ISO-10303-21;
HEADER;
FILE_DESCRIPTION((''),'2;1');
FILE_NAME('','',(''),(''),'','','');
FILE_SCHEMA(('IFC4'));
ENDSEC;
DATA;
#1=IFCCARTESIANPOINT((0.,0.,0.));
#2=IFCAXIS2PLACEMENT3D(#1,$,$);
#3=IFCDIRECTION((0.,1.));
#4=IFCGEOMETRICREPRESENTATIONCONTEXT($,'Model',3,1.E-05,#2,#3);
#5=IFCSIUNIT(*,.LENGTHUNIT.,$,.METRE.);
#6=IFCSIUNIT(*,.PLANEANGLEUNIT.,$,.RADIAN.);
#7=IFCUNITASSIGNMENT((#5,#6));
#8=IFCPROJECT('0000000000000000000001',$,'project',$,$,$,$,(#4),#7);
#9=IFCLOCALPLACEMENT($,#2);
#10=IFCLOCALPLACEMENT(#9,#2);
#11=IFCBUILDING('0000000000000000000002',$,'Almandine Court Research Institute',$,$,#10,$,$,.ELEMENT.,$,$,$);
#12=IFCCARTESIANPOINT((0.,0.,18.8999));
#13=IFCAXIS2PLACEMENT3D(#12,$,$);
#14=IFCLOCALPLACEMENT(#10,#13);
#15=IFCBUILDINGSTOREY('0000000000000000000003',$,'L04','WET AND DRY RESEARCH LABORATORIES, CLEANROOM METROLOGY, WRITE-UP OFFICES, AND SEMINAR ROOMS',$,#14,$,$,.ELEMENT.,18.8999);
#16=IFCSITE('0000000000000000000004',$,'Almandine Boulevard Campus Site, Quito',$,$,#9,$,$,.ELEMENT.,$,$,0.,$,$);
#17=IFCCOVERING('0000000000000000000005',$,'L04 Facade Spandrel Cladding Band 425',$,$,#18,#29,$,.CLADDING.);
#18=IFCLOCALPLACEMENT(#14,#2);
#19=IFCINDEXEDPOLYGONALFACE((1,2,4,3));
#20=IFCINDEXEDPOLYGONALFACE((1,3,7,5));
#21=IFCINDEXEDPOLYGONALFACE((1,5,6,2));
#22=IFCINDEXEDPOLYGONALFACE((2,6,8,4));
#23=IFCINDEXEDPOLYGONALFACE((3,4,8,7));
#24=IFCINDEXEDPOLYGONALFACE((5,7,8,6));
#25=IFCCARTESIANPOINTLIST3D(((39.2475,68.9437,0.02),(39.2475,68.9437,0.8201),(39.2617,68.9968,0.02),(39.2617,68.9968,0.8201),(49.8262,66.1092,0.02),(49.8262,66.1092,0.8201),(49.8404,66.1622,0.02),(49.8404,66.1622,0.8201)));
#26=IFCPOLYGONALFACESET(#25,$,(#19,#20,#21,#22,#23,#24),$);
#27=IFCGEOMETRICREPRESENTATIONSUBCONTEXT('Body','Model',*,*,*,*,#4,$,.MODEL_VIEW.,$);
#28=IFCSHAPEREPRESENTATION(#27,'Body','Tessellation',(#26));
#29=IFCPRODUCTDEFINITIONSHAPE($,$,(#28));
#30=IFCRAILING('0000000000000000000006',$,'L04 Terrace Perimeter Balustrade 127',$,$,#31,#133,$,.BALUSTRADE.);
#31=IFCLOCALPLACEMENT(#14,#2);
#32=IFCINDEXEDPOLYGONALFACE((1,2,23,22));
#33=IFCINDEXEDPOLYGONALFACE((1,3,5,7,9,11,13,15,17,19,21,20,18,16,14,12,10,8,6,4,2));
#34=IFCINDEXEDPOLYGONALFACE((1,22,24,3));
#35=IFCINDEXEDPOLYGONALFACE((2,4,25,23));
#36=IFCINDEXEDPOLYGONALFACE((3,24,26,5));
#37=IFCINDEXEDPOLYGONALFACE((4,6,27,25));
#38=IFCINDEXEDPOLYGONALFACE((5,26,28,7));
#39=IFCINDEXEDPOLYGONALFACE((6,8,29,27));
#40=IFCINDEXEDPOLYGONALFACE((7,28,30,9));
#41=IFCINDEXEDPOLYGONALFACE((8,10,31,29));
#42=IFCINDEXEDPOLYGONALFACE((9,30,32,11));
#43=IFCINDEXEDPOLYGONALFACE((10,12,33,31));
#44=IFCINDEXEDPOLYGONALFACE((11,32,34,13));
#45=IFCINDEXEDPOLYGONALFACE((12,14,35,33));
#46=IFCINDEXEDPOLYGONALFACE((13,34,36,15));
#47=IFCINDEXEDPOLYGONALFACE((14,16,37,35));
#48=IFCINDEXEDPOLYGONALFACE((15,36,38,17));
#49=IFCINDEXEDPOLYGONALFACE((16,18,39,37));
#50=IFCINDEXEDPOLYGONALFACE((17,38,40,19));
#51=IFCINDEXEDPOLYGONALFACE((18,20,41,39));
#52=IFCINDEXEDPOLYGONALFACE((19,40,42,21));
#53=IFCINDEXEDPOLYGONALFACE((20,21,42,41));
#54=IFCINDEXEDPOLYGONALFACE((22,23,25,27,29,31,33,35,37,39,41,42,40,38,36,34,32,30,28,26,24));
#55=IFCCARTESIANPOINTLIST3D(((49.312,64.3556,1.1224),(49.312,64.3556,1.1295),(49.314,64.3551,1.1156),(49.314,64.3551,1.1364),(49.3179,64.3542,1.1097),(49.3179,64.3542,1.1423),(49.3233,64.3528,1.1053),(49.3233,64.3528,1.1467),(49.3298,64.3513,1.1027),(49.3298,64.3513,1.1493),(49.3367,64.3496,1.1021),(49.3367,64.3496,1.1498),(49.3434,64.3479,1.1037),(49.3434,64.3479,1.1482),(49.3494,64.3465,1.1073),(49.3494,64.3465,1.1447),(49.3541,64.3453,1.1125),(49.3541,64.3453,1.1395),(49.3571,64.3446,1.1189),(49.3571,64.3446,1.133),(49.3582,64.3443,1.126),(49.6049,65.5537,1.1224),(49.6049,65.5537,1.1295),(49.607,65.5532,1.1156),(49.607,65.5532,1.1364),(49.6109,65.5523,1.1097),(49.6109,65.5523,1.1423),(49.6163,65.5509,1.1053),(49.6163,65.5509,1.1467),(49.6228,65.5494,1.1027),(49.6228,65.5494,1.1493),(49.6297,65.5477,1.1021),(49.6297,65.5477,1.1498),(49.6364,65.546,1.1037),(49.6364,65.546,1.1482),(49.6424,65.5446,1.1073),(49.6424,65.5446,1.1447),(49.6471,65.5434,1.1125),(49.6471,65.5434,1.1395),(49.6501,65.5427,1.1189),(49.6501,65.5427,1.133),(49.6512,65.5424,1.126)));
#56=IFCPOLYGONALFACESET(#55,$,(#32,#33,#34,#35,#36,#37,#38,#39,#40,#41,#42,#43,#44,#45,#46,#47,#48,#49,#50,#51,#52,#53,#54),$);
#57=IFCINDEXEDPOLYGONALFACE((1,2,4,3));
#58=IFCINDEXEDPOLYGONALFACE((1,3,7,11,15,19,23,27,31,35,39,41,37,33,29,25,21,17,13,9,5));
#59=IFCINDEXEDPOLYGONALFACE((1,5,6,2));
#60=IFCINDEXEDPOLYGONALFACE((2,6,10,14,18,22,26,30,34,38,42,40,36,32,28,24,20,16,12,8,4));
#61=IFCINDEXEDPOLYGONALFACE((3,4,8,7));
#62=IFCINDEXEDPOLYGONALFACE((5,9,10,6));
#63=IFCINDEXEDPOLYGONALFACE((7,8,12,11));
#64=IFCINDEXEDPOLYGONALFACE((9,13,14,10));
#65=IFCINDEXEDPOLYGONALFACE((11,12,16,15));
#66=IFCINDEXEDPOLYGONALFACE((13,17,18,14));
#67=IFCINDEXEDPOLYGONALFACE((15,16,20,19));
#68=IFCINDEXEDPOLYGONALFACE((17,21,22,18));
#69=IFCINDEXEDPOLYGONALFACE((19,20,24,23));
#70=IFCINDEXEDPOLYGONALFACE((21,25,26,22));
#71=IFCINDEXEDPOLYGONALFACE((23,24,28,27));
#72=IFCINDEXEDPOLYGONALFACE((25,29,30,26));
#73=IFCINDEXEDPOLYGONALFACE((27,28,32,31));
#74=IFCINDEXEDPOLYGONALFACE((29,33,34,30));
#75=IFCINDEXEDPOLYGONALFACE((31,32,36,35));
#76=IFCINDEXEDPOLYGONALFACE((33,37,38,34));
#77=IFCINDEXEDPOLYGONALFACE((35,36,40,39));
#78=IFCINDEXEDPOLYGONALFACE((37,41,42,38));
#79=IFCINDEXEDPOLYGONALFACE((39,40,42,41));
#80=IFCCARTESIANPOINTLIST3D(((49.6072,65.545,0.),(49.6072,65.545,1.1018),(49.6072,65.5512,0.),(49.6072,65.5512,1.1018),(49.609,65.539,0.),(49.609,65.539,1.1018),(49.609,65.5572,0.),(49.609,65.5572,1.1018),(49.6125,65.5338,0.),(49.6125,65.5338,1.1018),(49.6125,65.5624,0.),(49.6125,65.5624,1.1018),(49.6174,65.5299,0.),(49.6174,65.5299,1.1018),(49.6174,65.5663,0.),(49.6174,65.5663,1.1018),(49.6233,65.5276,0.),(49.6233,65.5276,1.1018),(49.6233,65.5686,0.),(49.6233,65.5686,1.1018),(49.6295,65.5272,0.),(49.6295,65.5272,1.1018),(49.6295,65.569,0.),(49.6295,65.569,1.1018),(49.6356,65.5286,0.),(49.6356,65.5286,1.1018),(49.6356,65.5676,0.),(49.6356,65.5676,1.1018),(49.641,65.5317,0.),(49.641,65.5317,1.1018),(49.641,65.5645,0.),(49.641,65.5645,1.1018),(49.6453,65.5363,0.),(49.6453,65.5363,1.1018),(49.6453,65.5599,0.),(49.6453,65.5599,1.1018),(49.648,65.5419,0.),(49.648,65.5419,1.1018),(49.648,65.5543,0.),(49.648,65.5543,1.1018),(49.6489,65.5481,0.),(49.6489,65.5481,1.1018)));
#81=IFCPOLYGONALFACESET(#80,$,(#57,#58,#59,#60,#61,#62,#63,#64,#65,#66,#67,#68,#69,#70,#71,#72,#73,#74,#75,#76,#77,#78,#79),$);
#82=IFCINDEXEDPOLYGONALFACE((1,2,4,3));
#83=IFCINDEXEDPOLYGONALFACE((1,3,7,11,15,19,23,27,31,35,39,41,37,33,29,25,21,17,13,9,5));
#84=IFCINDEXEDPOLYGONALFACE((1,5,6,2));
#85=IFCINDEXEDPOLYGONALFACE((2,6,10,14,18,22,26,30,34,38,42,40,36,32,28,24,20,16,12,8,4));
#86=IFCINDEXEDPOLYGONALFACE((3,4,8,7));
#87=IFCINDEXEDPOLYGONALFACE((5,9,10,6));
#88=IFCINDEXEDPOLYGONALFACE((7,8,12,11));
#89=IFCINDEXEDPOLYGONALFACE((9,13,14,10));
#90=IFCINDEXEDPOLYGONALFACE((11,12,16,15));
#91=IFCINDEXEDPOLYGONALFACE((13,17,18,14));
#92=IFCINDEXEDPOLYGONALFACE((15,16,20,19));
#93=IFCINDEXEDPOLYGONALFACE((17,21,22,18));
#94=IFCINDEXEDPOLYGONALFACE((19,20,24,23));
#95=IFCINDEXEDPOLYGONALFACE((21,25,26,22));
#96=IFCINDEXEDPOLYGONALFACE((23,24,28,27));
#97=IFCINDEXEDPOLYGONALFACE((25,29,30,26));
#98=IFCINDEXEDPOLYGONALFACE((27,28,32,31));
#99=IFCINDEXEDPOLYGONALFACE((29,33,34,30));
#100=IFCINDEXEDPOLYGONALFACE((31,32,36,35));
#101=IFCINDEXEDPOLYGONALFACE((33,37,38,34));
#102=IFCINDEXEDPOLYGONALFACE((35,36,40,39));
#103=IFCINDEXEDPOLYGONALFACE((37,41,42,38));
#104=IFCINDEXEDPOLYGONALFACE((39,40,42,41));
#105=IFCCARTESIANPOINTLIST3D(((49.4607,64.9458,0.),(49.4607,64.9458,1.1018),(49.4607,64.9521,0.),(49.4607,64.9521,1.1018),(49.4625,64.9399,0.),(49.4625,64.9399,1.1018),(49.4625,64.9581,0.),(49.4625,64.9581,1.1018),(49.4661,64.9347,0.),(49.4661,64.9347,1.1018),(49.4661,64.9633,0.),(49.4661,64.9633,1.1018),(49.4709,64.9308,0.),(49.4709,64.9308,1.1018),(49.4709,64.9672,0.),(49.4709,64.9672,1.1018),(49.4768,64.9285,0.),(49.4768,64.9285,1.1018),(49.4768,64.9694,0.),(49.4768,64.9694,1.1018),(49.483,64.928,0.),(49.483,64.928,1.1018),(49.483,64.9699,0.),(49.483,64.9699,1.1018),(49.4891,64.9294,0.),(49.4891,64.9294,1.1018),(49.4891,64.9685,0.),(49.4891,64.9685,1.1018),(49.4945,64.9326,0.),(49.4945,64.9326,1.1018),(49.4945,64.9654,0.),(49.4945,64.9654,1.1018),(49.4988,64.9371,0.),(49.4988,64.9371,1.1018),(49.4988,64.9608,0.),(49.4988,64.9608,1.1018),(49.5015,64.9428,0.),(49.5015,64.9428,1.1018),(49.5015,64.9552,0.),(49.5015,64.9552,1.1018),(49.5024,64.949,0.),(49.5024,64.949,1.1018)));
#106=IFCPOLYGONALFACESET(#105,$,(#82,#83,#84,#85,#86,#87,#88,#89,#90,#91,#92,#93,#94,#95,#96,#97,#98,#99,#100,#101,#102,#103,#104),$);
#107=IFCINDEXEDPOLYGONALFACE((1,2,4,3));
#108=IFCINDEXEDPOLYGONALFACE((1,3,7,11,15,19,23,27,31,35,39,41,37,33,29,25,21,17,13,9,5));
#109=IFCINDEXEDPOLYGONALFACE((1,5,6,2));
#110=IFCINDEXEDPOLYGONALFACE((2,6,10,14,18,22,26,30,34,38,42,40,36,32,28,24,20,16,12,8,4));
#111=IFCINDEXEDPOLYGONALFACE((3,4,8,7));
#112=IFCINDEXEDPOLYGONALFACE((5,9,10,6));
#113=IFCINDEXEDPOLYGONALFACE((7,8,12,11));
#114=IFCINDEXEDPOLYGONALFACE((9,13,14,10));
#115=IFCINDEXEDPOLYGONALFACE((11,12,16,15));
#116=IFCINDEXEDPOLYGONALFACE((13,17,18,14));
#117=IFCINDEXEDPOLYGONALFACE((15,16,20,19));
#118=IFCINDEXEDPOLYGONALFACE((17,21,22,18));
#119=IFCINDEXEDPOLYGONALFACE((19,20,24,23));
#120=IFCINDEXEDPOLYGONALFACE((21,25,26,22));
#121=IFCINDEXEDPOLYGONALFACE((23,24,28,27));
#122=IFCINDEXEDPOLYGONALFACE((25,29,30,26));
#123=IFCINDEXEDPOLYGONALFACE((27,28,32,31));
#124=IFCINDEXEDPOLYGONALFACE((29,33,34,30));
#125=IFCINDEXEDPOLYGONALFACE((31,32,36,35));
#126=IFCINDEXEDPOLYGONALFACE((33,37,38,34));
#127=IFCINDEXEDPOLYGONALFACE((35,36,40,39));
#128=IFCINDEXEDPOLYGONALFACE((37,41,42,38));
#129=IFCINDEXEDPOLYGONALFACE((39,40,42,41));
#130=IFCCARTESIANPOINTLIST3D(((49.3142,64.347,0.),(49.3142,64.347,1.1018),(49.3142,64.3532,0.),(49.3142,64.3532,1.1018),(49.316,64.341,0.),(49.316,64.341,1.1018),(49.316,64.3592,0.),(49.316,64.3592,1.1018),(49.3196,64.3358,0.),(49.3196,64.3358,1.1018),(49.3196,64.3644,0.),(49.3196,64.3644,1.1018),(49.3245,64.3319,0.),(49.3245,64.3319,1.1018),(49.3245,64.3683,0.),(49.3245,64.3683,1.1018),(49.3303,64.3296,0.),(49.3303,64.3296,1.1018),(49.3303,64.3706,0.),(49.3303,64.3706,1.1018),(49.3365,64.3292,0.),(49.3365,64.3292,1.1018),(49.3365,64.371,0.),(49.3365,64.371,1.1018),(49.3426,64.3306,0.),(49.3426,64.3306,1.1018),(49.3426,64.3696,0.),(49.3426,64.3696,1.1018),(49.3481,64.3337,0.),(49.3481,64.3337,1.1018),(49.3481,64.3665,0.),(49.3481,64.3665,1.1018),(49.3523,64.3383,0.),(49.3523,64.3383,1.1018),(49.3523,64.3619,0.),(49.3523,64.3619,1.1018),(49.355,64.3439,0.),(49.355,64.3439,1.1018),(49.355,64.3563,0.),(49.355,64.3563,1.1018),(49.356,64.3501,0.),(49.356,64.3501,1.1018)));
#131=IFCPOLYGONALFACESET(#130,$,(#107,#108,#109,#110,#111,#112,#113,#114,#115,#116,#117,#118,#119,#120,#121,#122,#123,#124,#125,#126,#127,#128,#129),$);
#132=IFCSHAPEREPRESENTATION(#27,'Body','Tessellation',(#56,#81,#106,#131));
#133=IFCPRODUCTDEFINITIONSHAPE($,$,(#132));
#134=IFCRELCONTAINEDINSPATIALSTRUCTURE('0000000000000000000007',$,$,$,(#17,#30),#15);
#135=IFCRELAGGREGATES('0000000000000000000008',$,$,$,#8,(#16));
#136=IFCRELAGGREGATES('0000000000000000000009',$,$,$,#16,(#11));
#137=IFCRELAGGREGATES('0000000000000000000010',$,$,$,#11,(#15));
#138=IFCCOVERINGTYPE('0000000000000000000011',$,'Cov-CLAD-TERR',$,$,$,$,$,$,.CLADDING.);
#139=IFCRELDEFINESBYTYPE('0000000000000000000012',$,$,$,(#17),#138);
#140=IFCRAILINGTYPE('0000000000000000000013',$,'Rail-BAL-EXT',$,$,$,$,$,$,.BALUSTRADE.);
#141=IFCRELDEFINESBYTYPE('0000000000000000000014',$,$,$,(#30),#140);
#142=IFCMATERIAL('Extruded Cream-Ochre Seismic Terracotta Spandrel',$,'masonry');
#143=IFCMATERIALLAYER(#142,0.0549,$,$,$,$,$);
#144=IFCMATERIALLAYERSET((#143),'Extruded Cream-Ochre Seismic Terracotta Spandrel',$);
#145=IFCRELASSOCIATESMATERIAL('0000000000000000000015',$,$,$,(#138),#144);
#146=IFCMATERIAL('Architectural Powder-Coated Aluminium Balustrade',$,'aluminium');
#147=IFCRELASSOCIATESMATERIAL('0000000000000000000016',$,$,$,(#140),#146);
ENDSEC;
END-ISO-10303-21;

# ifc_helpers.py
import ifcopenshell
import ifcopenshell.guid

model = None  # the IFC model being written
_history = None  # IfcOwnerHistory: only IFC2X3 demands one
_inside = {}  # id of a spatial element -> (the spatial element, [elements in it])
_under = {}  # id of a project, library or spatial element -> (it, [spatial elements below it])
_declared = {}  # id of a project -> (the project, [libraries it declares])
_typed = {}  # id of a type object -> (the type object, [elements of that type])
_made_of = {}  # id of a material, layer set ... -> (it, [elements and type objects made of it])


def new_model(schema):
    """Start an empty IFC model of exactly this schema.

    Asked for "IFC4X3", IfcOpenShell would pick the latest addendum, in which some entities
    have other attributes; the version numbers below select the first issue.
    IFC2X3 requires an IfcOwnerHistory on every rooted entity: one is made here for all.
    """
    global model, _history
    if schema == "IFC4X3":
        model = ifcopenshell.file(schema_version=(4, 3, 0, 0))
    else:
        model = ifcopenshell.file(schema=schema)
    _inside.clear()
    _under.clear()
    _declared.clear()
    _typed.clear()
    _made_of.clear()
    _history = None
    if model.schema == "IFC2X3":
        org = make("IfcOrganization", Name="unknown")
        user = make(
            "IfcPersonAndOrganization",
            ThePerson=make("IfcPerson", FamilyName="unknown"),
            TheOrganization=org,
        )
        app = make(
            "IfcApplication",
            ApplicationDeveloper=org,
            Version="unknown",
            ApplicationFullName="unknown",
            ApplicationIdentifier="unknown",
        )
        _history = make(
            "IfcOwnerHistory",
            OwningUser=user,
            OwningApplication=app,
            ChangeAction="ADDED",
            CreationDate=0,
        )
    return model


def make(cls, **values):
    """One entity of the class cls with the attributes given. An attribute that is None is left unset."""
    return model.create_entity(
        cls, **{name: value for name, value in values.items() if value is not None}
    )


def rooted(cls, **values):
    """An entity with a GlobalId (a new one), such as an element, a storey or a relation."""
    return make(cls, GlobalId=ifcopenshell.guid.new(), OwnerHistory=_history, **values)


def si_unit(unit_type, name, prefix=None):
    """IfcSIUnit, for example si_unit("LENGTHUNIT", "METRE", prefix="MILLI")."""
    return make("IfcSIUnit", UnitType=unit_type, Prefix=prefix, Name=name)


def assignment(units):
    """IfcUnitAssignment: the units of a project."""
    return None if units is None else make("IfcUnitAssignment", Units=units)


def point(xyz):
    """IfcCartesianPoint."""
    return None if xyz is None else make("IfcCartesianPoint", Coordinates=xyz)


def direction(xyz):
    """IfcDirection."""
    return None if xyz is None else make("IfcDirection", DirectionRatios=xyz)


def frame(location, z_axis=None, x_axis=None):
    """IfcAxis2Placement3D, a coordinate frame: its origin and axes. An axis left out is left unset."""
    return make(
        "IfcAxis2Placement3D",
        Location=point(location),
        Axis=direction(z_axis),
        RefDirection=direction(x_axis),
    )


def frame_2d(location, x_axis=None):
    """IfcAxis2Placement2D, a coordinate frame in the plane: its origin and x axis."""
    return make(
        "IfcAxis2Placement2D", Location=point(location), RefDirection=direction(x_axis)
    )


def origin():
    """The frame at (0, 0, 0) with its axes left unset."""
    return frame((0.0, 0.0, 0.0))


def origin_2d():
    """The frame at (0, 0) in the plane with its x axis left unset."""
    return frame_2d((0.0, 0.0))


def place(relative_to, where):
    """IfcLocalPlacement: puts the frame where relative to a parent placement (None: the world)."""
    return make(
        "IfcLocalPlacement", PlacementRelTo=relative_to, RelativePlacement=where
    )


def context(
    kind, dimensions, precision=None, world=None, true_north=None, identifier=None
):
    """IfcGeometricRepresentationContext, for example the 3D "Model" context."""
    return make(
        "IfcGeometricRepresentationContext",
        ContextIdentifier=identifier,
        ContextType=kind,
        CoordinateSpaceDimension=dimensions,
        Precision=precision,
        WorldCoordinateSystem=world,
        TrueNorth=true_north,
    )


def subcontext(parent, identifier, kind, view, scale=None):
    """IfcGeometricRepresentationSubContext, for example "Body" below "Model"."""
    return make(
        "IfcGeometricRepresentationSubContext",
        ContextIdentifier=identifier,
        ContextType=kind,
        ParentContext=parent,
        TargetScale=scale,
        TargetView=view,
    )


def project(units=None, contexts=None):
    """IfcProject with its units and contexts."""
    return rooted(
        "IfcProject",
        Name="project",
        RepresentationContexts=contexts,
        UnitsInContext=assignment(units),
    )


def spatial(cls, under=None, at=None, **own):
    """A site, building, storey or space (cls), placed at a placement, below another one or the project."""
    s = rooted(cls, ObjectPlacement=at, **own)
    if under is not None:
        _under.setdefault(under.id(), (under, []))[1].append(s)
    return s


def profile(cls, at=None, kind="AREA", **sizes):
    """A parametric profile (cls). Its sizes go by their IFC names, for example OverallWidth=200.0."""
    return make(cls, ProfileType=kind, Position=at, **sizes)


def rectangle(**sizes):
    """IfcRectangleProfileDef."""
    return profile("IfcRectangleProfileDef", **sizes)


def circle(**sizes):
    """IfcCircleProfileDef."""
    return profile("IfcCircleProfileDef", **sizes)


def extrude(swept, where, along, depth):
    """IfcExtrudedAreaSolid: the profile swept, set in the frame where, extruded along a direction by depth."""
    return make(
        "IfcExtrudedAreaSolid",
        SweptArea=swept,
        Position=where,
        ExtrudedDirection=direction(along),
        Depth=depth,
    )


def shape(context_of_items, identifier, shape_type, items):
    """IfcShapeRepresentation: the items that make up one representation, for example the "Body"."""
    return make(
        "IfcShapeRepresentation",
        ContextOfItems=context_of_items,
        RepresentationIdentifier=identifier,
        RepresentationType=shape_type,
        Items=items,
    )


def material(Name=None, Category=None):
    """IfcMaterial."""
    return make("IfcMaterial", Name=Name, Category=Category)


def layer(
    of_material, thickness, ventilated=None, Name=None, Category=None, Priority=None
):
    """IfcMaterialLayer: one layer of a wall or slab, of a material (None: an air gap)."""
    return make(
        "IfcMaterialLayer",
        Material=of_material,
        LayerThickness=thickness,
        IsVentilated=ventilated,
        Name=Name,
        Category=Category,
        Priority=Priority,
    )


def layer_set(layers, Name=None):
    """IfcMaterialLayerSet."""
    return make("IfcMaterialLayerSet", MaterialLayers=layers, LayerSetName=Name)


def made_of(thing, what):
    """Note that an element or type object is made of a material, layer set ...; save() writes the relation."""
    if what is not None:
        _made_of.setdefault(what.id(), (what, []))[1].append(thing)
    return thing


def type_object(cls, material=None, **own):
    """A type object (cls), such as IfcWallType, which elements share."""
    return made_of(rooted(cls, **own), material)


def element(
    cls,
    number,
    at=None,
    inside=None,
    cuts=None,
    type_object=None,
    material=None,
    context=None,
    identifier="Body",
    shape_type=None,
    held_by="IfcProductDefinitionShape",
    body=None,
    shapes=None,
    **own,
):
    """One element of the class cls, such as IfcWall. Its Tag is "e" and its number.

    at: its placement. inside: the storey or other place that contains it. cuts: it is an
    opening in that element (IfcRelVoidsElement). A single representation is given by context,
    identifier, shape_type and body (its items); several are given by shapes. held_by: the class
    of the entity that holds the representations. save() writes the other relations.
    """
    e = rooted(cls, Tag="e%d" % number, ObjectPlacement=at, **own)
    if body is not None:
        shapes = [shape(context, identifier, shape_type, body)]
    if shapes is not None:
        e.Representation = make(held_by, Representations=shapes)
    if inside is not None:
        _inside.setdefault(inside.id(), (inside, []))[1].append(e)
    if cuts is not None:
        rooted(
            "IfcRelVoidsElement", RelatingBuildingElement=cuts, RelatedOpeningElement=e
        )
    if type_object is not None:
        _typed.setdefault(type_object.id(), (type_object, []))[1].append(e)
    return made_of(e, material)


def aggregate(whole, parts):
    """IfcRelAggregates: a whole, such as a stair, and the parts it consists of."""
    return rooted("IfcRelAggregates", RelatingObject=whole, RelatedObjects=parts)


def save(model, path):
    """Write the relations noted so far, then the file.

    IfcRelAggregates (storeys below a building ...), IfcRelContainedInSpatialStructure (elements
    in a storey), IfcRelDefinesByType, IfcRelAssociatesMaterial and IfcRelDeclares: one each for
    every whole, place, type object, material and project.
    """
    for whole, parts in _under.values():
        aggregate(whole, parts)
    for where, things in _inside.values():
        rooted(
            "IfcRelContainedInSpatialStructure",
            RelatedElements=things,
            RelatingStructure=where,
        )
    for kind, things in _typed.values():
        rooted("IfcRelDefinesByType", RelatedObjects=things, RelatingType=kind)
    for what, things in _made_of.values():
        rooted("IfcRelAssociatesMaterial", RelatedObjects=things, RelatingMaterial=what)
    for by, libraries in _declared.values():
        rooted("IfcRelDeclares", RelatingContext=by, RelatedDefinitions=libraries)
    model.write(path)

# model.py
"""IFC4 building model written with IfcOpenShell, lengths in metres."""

from ifc_helpers import new_model, si_unit, direction, frame, origin, origin_2d, place, context, subcontext, project, spatial, rectangle, circle, extrude, material, layer, layer_set, type_object, element, save


model = new_model("IFC4")

# Units and contexts
model_context = context("Model", 3, precision=1e-05, world=origin(), true_north=direction((0.0, 1.0)))
body_context = subcontext(model_context, "Body", "Model", "MODEL_VIEW")
ifc_project = project(units=[si_unit("LENGTHUNIT", "METRE"), si_unit("PLANEANGLEUNIT", "RADIAN")], contexts=[model_context])

# Site, building, storey
site_placement = place(None, origin())
site = spatial("IfcSite", under=ifc_project, at=site_placement, Name="Almandine Boulevard Campus Site, Quito", CompositionType="ELEMENT", RefElevation=0.0)
building_placement = place(site_placement, origin())
building = spatial("IfcBuilding", under=site, at=building_placement, Name="Almandine Court Research Institute", CompositionType="ELEMENT")
storey_placement = place(building_placement, frame((0.0, 0.0, 18.8999)))
storey = spatial("IfcBuildingStorey", under=building, at=storey_placement, Name="L04", Description="WET AND DRY RESEARCH LABORATORIES, CLEANROOM METROLOGY, WRITE-UP OFFICES, AND SEMINAR ROOMS", CompositionType="ELEMENT", Elevation=18.8999)

# Covering
ifc_material_1 = material(Name="Extruded Cream-Ochre Seismic Terracotta Spandrel", Category="masonry")
ifc_layer_1 = layer(ifc_material_1, 0.0549)
ifc_layer_set_1 = layer_set([ifc_layer_1], Name="Extruded Cream-Ochre Seismic Terracotta Spandrel")
covering_type = type_object("IfcCoveringType", Name="Cov-CLAD-TERR", PredefinedType="CLADDING", material=ifc_layer_set_1)
covering_placement = place(storey_placement, frame((44.5439, 67.553, 0.02), z_axis=(0.0, 0.0, 1.0), x_axis=(0.965926, -0.258819, 0.0)))
element("IfcCovering", 1, at=covering_placement, inside=storey, type_object=covering_type, Name="L04 Facade Spandrel Cladding Band 425", PredefinedType="CLADDING", context=body_context, shape_type="SweptSolid", body=[
    extrude(rectangle(XDim=10.9519, YDim=0.0549, at=origin_2d()), origin(), (0.0, 0.0, 1.0), 0.8),
])

# Railing
ifc_material_2 = material(Name="Architectural Powder-Coated Aluminium Balustrade", Category="aluminium")
railing_type = type_object("IfcRailingType", Name="Rail-BAL-EXT", PredefinedType="BALUSTRADE", material=ifc_material_2)
railing_1_placement = place(storey_placement, frame((49.6279, 65.5481, 0.0)))
element("IfcRailing", 2, at=railing_1_placement, inside=storey, type_object=railing_type, Name="L04 Terrace Perimeter Balustrade 127", PredefinedType="BALUSTRADE", context=body_context, shape_type="SweptSolid", body=[
    extrude(circle(Radius=0.0239, at=origin_2d()), frame((0.0, 0.0, 1.126), z_axis=(-0.237549, -0.971376, 0.0), x_axis=(0.971376, -0.237549, 0.0)), (0.0, 0.0, 1.0), 1.2334),
    extrude(circle(Radius=0.021, at=origin_2d()), origin(), (0.0, 0.0, 1.0), 1.1018),
    extrude(circle(Radius=0.021, at=origin_2d()), frame((-0.1465, -0.5991, 0.0)), (0.0, 0.0, 1.0), 1.1018),
    extrude(circle(Radius=0.021, at=origin_2d()), frame((-0.293, -1.198, 0.0)), (0.0, 0.0, 1.0), 1.1018),
])

save(model, "model.ifc")
